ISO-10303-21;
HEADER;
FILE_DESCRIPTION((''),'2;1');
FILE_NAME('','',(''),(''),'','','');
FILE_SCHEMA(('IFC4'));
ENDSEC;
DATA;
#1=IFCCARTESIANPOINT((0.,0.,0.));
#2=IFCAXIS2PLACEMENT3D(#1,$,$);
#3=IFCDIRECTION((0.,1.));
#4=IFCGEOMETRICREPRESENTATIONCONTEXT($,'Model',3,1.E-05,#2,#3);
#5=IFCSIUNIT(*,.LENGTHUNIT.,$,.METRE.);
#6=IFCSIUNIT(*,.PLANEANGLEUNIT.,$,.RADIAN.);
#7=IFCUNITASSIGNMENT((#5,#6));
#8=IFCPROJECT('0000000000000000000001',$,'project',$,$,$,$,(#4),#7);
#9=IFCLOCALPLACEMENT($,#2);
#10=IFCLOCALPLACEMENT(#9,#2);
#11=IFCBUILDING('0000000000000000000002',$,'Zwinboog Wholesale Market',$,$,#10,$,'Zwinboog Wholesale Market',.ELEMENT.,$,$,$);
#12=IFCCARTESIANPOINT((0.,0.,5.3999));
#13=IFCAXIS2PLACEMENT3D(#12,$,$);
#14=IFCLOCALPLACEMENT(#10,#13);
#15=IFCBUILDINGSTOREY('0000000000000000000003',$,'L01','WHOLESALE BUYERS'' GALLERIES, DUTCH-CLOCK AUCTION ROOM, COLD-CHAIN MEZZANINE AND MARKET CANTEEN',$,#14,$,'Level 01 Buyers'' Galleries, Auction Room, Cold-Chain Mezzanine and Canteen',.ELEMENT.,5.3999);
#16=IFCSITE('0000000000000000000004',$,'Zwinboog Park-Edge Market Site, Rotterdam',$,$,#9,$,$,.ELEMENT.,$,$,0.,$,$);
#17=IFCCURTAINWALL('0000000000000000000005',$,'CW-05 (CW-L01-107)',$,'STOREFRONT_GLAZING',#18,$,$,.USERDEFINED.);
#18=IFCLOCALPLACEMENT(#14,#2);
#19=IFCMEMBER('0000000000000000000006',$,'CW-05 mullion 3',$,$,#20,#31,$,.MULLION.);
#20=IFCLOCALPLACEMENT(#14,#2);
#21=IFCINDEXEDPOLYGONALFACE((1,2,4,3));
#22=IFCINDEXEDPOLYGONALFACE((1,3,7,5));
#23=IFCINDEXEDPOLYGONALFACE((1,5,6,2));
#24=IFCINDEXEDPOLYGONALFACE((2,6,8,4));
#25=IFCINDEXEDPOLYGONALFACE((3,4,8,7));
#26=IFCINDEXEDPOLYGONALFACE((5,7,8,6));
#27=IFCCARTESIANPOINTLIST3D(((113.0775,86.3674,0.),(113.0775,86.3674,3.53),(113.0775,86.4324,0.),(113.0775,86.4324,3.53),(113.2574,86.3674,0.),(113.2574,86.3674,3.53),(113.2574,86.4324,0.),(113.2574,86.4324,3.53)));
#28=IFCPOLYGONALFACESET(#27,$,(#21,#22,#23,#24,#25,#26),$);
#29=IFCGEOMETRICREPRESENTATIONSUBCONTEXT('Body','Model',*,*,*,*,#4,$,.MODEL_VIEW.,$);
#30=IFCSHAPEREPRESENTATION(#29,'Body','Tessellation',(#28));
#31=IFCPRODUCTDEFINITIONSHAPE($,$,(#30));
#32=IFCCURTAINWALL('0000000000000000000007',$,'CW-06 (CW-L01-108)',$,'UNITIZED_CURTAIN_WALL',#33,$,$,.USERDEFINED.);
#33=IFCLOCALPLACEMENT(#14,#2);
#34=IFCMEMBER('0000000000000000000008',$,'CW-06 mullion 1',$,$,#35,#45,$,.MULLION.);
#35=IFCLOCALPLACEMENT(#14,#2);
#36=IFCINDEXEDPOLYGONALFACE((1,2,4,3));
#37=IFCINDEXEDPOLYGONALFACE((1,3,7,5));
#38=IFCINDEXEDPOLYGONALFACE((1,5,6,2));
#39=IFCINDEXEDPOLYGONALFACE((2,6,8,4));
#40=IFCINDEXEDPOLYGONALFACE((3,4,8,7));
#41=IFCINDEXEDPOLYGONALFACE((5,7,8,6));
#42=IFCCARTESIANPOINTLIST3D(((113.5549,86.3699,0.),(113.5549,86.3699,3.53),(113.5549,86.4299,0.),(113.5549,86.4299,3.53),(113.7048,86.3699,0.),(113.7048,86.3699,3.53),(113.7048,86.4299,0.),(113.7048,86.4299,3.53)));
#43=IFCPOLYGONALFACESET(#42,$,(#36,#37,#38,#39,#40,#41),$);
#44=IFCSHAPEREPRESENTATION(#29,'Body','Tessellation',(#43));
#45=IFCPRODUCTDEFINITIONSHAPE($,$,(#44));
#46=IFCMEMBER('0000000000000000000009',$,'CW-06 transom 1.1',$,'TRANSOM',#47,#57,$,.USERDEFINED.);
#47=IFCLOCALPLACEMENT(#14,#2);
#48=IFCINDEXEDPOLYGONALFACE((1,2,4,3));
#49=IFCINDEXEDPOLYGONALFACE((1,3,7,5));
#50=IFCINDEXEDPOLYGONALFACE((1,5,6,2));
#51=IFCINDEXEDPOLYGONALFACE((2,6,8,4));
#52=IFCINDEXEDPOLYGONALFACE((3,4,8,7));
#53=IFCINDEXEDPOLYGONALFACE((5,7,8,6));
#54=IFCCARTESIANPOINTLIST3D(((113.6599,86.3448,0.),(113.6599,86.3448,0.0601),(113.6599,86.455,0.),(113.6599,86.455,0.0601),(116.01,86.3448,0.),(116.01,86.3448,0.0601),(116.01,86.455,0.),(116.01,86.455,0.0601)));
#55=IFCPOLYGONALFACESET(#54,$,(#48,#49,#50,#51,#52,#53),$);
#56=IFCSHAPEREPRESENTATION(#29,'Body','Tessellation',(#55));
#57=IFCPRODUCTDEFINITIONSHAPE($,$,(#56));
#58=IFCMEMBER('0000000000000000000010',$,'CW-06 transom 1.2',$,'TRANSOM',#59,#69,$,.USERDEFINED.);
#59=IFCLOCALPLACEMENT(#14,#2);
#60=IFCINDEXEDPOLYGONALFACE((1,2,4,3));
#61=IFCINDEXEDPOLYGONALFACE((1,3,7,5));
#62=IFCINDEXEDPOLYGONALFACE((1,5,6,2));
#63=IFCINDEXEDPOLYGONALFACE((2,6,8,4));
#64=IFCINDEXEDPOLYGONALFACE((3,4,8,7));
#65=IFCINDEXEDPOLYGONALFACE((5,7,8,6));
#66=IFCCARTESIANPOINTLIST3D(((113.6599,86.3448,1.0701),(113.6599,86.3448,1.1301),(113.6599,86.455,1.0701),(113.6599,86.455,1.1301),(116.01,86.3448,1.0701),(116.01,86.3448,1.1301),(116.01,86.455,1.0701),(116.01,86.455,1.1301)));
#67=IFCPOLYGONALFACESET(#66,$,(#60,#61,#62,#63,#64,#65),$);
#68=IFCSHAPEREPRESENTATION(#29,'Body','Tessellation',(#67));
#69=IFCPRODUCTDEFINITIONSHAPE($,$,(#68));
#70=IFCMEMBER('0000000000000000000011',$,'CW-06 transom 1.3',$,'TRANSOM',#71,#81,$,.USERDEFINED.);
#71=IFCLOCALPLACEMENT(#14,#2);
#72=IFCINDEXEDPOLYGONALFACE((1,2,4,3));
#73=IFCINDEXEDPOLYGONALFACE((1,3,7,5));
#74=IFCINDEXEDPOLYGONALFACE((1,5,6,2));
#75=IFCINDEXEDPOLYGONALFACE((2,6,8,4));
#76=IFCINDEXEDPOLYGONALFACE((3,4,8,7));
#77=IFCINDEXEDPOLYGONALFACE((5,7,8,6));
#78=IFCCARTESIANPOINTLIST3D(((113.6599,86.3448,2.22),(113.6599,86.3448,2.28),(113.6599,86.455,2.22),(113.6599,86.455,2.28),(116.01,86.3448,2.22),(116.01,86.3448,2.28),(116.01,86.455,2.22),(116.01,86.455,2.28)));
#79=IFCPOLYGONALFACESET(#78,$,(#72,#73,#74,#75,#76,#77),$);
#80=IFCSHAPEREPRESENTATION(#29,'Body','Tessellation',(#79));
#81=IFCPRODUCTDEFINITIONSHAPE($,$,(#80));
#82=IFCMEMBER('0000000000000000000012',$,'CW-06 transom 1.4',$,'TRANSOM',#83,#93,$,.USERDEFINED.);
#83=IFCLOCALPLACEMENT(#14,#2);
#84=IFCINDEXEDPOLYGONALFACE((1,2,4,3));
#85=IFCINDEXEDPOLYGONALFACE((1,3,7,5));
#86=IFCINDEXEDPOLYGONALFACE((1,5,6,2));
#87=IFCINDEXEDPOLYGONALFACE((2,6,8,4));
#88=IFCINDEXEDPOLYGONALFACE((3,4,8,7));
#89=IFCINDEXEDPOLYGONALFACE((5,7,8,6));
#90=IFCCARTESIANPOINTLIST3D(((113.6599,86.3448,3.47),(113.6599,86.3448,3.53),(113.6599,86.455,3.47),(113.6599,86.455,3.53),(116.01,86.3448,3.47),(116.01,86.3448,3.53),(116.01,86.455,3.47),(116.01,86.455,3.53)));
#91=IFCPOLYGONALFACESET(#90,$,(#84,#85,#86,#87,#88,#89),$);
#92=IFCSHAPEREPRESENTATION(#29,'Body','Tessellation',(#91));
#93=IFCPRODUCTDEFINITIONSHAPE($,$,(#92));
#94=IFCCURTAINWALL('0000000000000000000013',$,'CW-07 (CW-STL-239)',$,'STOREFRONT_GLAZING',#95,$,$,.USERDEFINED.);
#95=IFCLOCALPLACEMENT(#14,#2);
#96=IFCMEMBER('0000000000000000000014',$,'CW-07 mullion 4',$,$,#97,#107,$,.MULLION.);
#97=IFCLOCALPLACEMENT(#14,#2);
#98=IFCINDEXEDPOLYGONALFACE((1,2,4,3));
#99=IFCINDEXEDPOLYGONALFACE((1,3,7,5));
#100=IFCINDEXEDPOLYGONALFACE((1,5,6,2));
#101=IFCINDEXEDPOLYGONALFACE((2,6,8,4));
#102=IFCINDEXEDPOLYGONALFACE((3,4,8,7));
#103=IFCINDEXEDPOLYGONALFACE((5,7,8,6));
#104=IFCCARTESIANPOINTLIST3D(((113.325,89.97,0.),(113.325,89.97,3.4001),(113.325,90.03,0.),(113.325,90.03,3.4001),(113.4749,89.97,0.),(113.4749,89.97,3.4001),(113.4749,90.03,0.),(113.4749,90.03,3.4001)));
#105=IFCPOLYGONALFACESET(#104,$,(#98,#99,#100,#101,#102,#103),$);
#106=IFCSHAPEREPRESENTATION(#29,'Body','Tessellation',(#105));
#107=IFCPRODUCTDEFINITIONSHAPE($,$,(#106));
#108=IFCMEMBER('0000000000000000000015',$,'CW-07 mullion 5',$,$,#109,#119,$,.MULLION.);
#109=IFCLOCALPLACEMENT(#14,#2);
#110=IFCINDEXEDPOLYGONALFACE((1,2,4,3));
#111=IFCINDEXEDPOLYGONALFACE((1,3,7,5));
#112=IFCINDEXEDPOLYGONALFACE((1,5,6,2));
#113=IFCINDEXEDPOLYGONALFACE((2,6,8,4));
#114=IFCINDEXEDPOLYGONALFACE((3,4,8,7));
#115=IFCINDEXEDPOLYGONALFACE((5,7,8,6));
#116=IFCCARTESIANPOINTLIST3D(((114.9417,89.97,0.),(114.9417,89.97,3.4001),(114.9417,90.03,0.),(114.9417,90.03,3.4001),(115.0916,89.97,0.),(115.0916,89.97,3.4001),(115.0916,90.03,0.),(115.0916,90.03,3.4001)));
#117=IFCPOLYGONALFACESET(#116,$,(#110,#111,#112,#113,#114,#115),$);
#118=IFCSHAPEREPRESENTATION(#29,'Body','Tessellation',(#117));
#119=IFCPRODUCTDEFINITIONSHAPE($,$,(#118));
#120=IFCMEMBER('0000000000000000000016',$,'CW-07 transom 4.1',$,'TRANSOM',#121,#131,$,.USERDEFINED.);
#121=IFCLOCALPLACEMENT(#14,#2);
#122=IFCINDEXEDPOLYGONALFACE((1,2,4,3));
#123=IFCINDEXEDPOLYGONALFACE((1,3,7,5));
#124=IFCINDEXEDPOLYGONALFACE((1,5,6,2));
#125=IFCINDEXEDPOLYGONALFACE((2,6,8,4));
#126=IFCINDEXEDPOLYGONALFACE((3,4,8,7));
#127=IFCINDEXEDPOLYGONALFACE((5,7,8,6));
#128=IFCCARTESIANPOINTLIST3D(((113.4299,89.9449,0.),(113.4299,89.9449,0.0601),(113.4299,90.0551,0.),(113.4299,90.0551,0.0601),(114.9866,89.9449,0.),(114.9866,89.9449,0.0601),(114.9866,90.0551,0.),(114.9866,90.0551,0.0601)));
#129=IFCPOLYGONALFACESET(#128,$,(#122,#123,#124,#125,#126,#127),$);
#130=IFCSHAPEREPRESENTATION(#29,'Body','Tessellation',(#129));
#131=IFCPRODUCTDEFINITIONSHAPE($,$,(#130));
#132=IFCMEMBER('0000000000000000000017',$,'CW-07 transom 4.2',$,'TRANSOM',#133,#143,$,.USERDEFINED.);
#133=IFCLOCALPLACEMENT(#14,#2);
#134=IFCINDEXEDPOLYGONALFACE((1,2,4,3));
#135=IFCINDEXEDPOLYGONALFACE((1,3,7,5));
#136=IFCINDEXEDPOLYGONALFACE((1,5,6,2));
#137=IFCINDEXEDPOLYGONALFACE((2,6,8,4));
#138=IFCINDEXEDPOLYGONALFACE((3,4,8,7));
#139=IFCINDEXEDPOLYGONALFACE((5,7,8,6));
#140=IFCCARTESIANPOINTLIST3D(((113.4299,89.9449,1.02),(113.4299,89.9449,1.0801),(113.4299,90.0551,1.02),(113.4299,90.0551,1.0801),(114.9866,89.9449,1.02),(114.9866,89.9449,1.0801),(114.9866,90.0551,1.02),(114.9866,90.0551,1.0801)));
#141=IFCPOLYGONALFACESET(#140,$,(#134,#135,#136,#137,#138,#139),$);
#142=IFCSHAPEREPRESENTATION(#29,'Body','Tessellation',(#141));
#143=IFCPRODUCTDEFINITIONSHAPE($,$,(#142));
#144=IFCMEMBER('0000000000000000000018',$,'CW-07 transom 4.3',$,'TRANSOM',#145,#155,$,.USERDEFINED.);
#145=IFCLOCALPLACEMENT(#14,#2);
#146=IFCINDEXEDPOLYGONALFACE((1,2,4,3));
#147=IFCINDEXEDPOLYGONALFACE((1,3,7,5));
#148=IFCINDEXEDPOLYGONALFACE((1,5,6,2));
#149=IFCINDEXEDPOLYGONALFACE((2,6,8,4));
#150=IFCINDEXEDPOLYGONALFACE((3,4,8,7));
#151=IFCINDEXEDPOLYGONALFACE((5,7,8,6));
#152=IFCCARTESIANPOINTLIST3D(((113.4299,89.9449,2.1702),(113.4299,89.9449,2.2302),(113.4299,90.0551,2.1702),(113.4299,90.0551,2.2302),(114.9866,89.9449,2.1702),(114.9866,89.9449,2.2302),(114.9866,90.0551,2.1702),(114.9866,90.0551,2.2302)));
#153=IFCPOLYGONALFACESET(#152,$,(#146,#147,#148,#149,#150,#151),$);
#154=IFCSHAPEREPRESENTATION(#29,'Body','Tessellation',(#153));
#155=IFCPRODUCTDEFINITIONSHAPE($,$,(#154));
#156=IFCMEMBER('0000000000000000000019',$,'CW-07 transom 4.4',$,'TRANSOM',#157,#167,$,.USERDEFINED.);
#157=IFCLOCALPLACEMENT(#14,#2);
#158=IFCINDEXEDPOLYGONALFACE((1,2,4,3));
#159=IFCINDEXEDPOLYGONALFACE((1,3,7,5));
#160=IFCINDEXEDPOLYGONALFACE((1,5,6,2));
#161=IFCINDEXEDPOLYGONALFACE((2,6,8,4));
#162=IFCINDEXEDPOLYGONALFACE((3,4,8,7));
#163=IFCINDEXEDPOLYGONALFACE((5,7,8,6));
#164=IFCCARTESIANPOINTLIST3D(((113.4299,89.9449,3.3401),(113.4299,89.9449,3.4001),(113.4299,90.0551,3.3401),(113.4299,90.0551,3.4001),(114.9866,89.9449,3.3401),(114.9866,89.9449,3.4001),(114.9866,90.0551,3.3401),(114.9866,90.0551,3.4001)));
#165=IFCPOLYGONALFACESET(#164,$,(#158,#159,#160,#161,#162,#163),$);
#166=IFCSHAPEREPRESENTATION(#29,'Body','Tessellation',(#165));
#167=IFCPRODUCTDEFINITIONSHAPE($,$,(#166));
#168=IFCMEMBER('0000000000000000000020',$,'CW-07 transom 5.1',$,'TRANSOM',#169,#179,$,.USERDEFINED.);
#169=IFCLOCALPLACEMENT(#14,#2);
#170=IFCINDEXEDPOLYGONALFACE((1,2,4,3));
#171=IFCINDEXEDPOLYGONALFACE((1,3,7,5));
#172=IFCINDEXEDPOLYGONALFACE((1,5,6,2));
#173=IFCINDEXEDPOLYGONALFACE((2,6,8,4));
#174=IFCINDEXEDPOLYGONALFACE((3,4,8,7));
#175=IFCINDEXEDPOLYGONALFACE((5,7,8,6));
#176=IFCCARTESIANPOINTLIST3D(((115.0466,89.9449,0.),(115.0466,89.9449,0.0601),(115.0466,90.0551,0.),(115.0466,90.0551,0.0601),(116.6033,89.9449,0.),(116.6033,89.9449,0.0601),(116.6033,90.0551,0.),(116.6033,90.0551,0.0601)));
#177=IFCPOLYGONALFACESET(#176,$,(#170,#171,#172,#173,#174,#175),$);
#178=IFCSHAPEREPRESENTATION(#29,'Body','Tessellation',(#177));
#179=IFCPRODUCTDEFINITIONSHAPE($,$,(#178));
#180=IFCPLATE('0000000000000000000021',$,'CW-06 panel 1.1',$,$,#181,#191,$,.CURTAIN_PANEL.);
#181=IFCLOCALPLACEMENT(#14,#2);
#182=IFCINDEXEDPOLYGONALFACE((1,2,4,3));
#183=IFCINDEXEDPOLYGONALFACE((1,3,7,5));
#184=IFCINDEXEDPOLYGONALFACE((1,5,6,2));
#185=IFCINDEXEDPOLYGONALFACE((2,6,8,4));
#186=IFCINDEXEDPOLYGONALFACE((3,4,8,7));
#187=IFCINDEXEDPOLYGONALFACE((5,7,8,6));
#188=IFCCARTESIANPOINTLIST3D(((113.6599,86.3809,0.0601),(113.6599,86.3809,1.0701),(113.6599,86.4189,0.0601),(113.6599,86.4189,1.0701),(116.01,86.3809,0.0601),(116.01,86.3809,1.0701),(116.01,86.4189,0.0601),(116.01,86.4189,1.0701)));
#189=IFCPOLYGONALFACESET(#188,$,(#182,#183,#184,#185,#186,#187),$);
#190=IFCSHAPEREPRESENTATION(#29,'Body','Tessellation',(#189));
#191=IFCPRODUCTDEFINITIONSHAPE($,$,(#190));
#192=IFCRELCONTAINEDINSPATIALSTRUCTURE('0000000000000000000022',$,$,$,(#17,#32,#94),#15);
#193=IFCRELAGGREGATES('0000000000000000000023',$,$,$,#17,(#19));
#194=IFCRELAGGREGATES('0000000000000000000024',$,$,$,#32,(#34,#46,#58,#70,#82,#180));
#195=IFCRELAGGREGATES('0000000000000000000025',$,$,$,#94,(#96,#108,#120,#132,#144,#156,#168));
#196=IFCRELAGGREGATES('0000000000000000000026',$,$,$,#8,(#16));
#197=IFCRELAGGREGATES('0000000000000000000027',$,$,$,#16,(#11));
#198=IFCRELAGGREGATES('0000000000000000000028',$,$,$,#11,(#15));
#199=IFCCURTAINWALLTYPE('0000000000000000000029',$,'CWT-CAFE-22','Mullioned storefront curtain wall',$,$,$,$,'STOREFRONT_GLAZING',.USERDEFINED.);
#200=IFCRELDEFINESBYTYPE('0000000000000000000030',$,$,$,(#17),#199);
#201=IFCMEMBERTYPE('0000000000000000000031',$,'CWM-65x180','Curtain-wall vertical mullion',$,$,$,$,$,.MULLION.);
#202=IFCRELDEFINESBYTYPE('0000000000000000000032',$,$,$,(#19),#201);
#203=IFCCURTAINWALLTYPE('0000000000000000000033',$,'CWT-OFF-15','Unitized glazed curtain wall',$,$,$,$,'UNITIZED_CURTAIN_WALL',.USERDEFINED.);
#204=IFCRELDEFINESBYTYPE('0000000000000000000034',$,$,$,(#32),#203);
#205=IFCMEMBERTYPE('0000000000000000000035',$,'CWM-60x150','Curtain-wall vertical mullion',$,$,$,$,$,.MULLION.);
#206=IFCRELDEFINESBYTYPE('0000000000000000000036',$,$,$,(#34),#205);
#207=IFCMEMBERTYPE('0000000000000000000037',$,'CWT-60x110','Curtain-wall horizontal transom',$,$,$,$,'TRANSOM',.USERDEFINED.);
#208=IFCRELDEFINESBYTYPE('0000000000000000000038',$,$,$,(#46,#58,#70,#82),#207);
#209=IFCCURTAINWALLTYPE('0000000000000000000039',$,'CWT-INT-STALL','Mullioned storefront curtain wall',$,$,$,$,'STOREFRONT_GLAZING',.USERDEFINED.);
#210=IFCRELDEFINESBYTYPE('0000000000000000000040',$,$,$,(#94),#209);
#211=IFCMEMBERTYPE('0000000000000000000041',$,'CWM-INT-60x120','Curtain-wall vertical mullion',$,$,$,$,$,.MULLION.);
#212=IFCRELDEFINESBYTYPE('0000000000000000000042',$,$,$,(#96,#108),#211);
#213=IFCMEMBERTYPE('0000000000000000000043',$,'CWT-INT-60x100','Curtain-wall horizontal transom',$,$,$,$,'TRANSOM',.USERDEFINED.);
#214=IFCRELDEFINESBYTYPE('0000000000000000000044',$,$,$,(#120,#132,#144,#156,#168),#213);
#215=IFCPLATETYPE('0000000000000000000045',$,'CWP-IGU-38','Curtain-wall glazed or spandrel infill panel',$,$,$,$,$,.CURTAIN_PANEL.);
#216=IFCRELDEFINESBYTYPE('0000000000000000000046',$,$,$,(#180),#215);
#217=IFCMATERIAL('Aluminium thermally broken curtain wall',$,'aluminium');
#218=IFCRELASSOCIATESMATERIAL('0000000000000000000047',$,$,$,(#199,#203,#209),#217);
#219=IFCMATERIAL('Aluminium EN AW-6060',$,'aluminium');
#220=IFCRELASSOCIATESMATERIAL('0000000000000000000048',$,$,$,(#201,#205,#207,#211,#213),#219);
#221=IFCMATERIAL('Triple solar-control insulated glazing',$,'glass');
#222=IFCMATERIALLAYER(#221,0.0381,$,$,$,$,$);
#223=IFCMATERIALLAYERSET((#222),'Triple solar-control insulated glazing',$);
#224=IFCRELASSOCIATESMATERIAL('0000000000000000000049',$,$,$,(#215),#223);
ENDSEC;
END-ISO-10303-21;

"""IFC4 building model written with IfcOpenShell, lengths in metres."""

from ifc_helpers import new_model, si_unit, direction, frame, origin, origin_2d, place, context, subcontext, project, spatial, rectangle, extrude, material, layer, layer_set, material_profile, profile_set, type_object, element, aggregate, save


model = new_model("IFC4")

# Units and contexts
model_context = context("Model", 3, precision=1e-05, world=origin(), true_north=direction((0.0, 1.0)))
body_context = subcontext(model_context, "Body", "Model", "MODEL_VIEW")
ifc_project = project(units=[si_unit("LENGTHUNIT", "METRE"), si_unit("PLANEANGLEUNIT", "RADIAN")], contexts=[model_context])

# Site, building, storey
site_placement = place(None, origin())
site = spatial("IfcSite", under=ifc_project, at=site_placement, Name="Zwinboog Park-Edge Market Site, Rotterdam", CompositionType="ELEMENT", RefElevation=0.0)
building_placement = place(site_placement, origin())
building = spatial("IfcBuilding", under=site, at=building_placement, Name="Zwinboog Wholesale Market", LongName="Zwinboog Wholesale Market", CompositionType="ELEMENT")
storey_placement = place(building_placement, frame((0.0, 0.0, 5.3999)))
storey = spatial("IfcBuildingStorey", under=building, at=storey_placement, Name="L01", Description="WHOLESALE BUYERS' GALLERIES, DUTCH-CLOCK AUCTION ROOM, COLD-CHAIN MEZZANINE AND MARKET CANTEEN", LongName="Level 01 Buyers' Galleries, Auction Room, Cold-Chain Mezzanine and Canteen", CompositionType="ELEMENT", Elevation=5.3999)

# Curtain wall, member
ifc_material_1 = material(Name="Aluminium thermally broken curtain wall", Category="aluminium")
curtain_wall_type_1 = type_object("IfcCurtainWallType", Name="CWT-CAFE-22", Description="Mullioned storefront curtain wall", ElementType="STOREFRONT_GLAZING", PredefinedType="USERDEFINED", material=ifc_material_1)
curtain_wall_1_placement = place(storey_placement, origin())
curtain_wall_1 = element("IfcCurtainWall", 1, at=curtain_wall_1_placement, inside=storey, type_object=curtain_wall_type_1, Name="CW-05 (CW-L01-107)", ObjectType="STOREFRONT_GLAZING", PredefinedType="USERDEFINED")
ifc_material_2 = material(Name="Aluminium EN AW-6060", Category="aluminium")
ifc_material_profile_1 = material_profile(ifc_material_2, rectangle(XDim=0.0649, YDim=0.1799, at=origin_2d()), Name="AL 65x180")
ifc_profile_set_1 = profile_set([ifc_material_profile_1], Name="Aluminium EN AW-6060")
member_type_1 = type_object("IfcMemberType", Name="CWM-65x180", Description="Curtain-wall vertical mullion", PredefinedType="MULLION", material=ifc_profile_set_1)
member_1_placement = place(storey_placement, frame((113.1675, 86.3999, 0.0), z_axis=(0.0, 0.0, 1.0), x_axis=(0.0, 1.0, 0.0)))
member_1 = element("IfcMember", 2, at=member_1_placement, type_object=member_type_1, Name="CW-05 mullion 3", PredefinedType="MULLION", context=body_context, shape_type="SweptSolid", body=[
    extrude(rectangle(XDim=0.0649, YDim=0.1799, at=origin_2d()), origin(), (0.0, 0.0, 1.0), 3.53),
])
aggregate(curtain_wall_1, [member_1])

# Curtain walls, members
curtain_wall_type_2 = type_object("IfcCurtainWallType", Name="CWT-OFF-15", Description="Unitized glazed curtain wall", ElementType="UNITIZED_CURTAIN_WALL", PredefinedType="USERDEFINED", material=ifc_material_1)
curtain_wall_2_placement = place(storey_placement, origin())
curtain_wall_2 = element("IfcCurtainWall", 3, at=curtain_wall_2_placement, inside=storey, type_object=curtain_wall_type_2, Name="CW-06 (CW-L01-108)", ObjectType="UNITIZED_CURTAIN_WALL", PredefinedType="USERDEFINED")
ifc_material_profile_2 = material_profile(ifc_material_2, rectangle(XDim=0.0601, YDim=0.1499, at=origin_2d()), Name="AL 60x150")
ifc_profile_set_2 = profile_set([ifc_material_profile_2], Name="Aluminium EN AW-6060")
member_type_2 = type_object("IfcMemberType", Name="CWM-60x150", Description="Curtain-wall vertical mullion", PredefinedType="MULLION", material=ifc_profile_set_2)
member_2_placement = place(storey_placement, frame((113.6299, 86.3999, 0.0), z_axis=(0.0, 0.0, 1.0), x_axis=(0.0, 1.0, 0.0)))
member_2 = element("IfcMember", 4, at=member_2_placement, type_object=member_type_2, Name="CW-06 mullion 1", PredefinedType="MULLION", context=body_context, shape_type="SweptSolid", body=[
    extrude(rectangle(XDim=0.0601, YDim=0.1499, at=origin_2d()), origin(), (0.0, 0.0, 1.0), 3.53),
])
ifc_material_profile_3 = material_profile(ifc_material_2, rectangle(XDim=0.1101, YDim=0.0601, at=origin_2d()), Name="AL 60x110")
ifc_profile_set_3 = profile_set([ifc_material_profile_3], Name="Aluminium EN AW-6060")
member_type_3 = type_object("IfcMemberType", Name="CWT-60x110", Description="Curtain-wall horizontal transom", ElementType="TRANSOM", PredefinedType="USERDEFINED", material=ifc_profile_set_3)
member_3_placement = place(storey_placement, frame((113.6599, 86.3999, 0.03), z_axis=(1.0, 0.0, 0.0), x_axis=(0.0, 1.0, 0.0)))
member_3 = element("IfcMember", 5, at=member_3_placement, type_object=member_type_3, Name="CW-06 transom 1.1", ObjectType="TRANSOM", PredefinedType="USERDEFINED", context=body_context, shape_type="SweptSolid", body=[
    extrude(rectangle(XDim=0.1101, YDim=0.0601, at=origin_2d()), origin(), (0.0, 0.0, 1.0), 2.3501),
])
member_4_placement = place(storey_placement, frame((113.6599, 86.3999, 1.1001), z_axis=(1.0, 0.0, 0.0), x_axis=(0.0, 1.0, 0.0)))
member_4 = element("IfcMember", 6, at=member_4_placement, type_object=member_type_3, Name="CW-06 transom 1.2", ObjectType="TRANSOM", PredefinedType="USERDEFINED", context=body_context, shape_type="SweptSolid", body=[
    extrude(rectangle(XDim=0.1101, YDim=0.0601, at=origin_2d()), origin(), (0.0, 0.0, 1.0), 2.3501),
])
member_5_placement = place(storey_placement, frame((113.6599, 86.3999, 2.25), z_axis=(1.0, 0.0, 0.0), x_axis=(0.0, 1.0, 0.0)))
member_5 = element("IfcMember", 7, at=member_5_placement, type_object=member_type_3, Name="CW-06 transom 1.3", ObjectType="TRANSOM", PredefinedType="USERDEFINED", context=body_context, shape_type="SweptSolid", body=[
    extrude(rectangle(XDim=0.1101, YDim=0.0601, at=origin_2d()), origin(), (0.0, 0.0, 1.0), 2.3501),
])
member_6_placement = place(storey_placement, frame((113.6599, 86.3999, 3.5), z_axis=(1.0, 0.0, 0.0), x_axis=(0.0, 1.0, 0.0)))
member_6 = element("IfcMember", 8, at=member_6_placement, type_object=member_type_3, Name="CW-06 transom 1.4", ObjectType="TRANSOM", PredefinedType="USERDEFINED", context=body_context, shape_type="SweptSolid", body=[
    extrude(rectangle(XDim=0.1101, YDim=0.0601, at=origin_2d()), origin(), (0.0, 0.0, 1.0), 2.3501),
])
curtain_wall_type_3 = type_object("IfcCurtainWallType", Name="CWT-INT-STALL", Description="Mullioned storefront curtain wall", ElementType="STOREFRONT_GLAZING", PredefinedType="USERDEFINED", material=ifc_material_1)
curtain_wall_3_placement = place(storey_placement, origin())
curtain_wall_3 = element("IfcCurtainWall", 9, at=curtain_wall_3_placement, inside=storey, type_object=curtain_wall_type_3, Name="CW-07 (CW-STL-239)", ObjectType="STOREFRONT_GLAZING", PredefinedType="USERDEFINED")
ifc_material_profile_4 = material_profile(ifc_material_2, rectangle(XDim=0.0601, YDim=0.1499, at=origin_2d()), Name="AL 60x150")
ifc_profile_set_4 = profile_set([ifc_material_profile_4], Name="Aluminium EN AW-6060")
member_type_4 = type_object("IfcMemberType", Name="CWM-INT-60x120", Description="Curtain-wall vertical mullion", PredefinedType="MULLION", material=ifc_profile_set_4)
member_7_placement = place(storey_placement, frame((113.3999, 90.0, 0.0), z_axis=(0.0, 0.0, 1.0), x_axis=(0.0, 1.0, 0.0)))
member_7 = element("IfcMember", 10, at=member_7_placement, type_object=member_type_4, Name="CW-07 mullion 4", PredefinedType="MULLION", context=body_context, shape_type="SweptSolid", body=[
    extrude(rectangle(XDim=0.0601, YDim=0.1499, at=origin_2d()), origin(), (0.0, 0.0, 1.0), 3.4001),
])
member_8_placement = place(storey_placement, frame((115.0166, 90.0, 0.0), z_axis=(0.0, 0.0, 1.0), x_axis=(0.0, 1.0, 0.0)))
member_8 = element("IfcMember", 11, at=member_8_placement, type_object=member_type_4, Name="CW-07 mullion 5", PredefinedType="MULLION", context=body_context, shape_type="SweptSolid", body=[
    extrude(rectangle(XDim=0.0601, YDim=0.1499, at=origin_2d()), origin(), (0.0, 0.0, 1.0), 3.4001),
])
ifc_material_profile_5 = material_profile(ifc_material_2, rectangle(XDim=0.1101, YDim=0.0601, at=origin_2d()), Name="AL 60x110")
ifc_profile_set_5 = profile_set([ifc_material_profile_5], Name="Aluminium EN AW-6060")
member_type_5 = type_object("IfcMemberType", Name="CWT-INT-60x100", Description="Curtain-wall horizontal transom", ElementType="TRANSOM", PredefinedType="USERDEFINED", material=ifc_profile_set_5)
member_9_placement = place(storey_placement, frame((113.4299, 90.0, 0.03), z_axis=(1.0, 0.0, 0.0), x_axis=(0.0, 1.0, 0.0)))
member_9 = element("IfcMember", 12, at=member_9_placement, type_object=member_type_5, Name="CW-07 transom 4.1", ObjectType="TRANSOM", PredefinedType="USERDEFINED", context=body_context, shape_type="SweptSolid", body=[
    extrude(rectangle(XDim=0.1101, YDim=0.0601, at=origin_2d()), origin(), (0.0, 0.0, 1.0), 1.5566),
])
member_10_placement = place(storey_placement, frame((113.4299, 90.0, 1.05), z_axis=(1.0, 0.0, 0.0), x_axis=(0.0, 1.0, 0.0)))
member_10 = element("IfcMember", 13, at=member_10_placement, type_object=member_type_5, Name="CW-07 transom 4.2", ObjectType="TRANSOM", PredefinedType="USERDEFINED", context=body_context, shape_type="SweptSolid", body=[
    extrude(rectangle(XDim=0.1101, YDim=0.0601, at=origin_2d()), origin(), (0.0, 0.0, 1.0), 1.5566),
])
member_11_placement = place(storey_placement, frame((113.4299, 90.0, 2.2002), z_axis=(1.0, 0.0, 0.0), x_axis=(0.0, 1.0, 0.0)))
member_11 = element("IfcMember", 14, at=member_11_placement, type_object=member_type_5, Name="CW-07 transom 4.3", ObjectType="TRANSOM", PredefinedType="USERDEFINED", context=body_context, shape_type="SweptSolid", body=[
    extrude(rectangle(XDim=0.1101, YDim=0.0601, at=origin_2d()), origin(), (0.0, 0.0, 1.0), 1.5566),
])
member_12_placement = place(storey_placement, frame((113.4299, 90.0, 3.3701), z_axis=(1.0, 0.0, 0.0), x_axis=(0.0, 1.0, 0.0)))
member_12 = element("IfcMember", 15, at=member_12_placement, type_object=member_type_5, Name="CW-07 transom 4.4", ObjectType="TRANSOM", PredefinedType="USERDEFINED", context=body_context, shape_type="SweptSolid", body=[
    extrude(rectangle(XDim=0.1101, YDim=0.0601, at=origin_2d()), origin(), (0.0, 0.0, 1.0), 1.5566),
])
member_13_placement = place(storey_placement, frame((115.0466, 90.0, 0.03), z_axis=(1.0, 0.0, 0.0), x_axis=(0.0, 1.0, 0.0)))
member_13 = element("IfcMember", 16, at=member_13_placement, type_object=member_type_5, Name="CW-07 transom 5.1", ObjectType="TRANSOM", PredefinedType="USERDEFINED", context=body_context, shape_type="SweptSolid", body=[
    extrude(rectangle(XDim=0.1101, YDim=0.0601, at=origin_2d()), origin(), (0.0, 0.0, 1.0), 1.5566),
])

# Plate
ifc_material_3 = material(Name="Triple solar-control insulated glazing", Category="glass")
ifc_layer_1 = layer(ifc_material_3, 0.0381)
ifc_layer_set_1 = layer_set([ifc_layer_1], Name="Triple solar-control insulated glazing")
plate_type_1 = type_object("IfcPlateType", Name="CWP-IGU-38", Description="Curtain-wall glazed or spandrel infill panel", PredefinedType="CURTAIN_PANEL", material=ifc_layer_set_1)
plate_1_placement = place(storey_placement, frame((114.835, 86.3999, 0.0601), z_axis=(0.0, 0.0, 1.0), x_axis=(1.0, 0.0, 0.0)))
plate_1 = element("IfcPlate", 17, at=plate_1_placement, type_object=plate_type_1, Name="CW-06 panel 1.1", PredefinedType="CURTAIN_PANEL", context=body_context, shape_type="SweptSolid", body=[
    extrude(rectangle(XDim=2.3501, YDim=0.0381, at=origin_2d()), origin(), (0.0, 0.0, 1.0), 1.01),
])
aggregate(curtain_wall_2, [member_2, member_3, member_4, member_5, member_6, plate_1])
aggregate(curtain_wall_3, [member_7, member_8, member_9, member_10, member_11, member_12, member_13])

save(model, "model.ifc")
